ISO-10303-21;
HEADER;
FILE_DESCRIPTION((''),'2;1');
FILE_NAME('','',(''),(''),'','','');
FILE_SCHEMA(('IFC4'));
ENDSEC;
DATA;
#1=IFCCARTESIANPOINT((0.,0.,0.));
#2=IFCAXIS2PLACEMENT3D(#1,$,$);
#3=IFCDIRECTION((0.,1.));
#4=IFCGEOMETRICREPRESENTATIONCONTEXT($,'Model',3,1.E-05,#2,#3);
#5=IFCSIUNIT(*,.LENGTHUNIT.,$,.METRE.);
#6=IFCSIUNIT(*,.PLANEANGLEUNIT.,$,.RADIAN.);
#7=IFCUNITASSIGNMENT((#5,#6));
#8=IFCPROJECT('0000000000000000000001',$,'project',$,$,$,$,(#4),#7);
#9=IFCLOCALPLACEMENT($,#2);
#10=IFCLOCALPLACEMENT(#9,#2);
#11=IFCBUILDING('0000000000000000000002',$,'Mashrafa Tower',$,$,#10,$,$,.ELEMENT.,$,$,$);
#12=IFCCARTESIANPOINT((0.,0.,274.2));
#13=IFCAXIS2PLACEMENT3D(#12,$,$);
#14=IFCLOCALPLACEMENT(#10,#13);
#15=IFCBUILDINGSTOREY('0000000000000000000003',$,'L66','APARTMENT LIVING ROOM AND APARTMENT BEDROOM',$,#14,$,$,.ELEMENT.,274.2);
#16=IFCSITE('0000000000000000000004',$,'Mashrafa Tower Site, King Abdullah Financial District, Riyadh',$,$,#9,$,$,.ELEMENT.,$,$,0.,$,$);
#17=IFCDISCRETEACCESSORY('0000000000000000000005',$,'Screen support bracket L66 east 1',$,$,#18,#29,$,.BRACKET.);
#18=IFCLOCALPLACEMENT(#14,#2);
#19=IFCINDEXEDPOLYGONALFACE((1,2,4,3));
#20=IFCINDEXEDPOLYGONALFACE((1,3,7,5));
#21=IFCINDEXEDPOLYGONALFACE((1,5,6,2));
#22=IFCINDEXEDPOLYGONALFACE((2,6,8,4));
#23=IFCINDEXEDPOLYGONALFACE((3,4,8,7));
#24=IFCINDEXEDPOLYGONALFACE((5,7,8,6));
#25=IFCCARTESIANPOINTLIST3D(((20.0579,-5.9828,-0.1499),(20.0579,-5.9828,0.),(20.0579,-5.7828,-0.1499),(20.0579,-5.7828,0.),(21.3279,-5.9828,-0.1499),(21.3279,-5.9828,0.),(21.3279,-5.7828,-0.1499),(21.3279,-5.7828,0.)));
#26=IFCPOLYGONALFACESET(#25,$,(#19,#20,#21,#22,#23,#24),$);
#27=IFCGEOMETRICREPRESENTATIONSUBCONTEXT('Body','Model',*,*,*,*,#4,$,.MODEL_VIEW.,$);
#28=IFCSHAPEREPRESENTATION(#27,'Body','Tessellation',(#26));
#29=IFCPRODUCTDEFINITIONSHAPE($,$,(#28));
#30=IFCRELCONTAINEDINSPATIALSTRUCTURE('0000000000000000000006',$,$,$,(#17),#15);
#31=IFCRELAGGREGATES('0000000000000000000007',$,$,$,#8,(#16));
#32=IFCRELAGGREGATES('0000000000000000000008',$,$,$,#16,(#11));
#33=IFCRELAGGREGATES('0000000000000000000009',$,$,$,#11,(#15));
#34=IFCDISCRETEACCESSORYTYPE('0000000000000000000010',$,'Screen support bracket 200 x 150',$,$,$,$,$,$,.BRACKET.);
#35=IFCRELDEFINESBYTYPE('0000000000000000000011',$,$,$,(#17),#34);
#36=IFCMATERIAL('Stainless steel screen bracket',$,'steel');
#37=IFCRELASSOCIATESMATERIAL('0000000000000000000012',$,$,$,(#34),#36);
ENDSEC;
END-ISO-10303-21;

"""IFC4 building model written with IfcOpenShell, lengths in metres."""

from ifc_helpers import new_model, si_unit, direction, frame, origin, origin_2d, place, context, subcontext, project, spatial, rectangle, extrude, source, transform, mapped, material, type_object, type_shapes, element, save


model = new_model("IFC4")

# Units and contexts
model_context = context("Model", 3, precision=1e-05, world=origin(), true_north=direction((0.0, 1.0)))
body_context = subcontext(model_context, "Body", "Model", "MODEL_VIEW")
ifc_project = project(units=[si_unit("LENGTHUNIT", "METRE"), si_unit("PLANEANGLEUNIT", "RADIAN")], contexts=[model_context])

# Site, building, storey
site_placement = place(None, origin())
site = spatial("IfcSite", under=ifc_project, at=site_placement, Name="Mashrafa Tower Site, King Abdullah Financial District, Riyadh", CompositionType="ELEMENT", RefElevation=0.0)
building_placement = place(site_placement, origin())
building = spatial("IfcBuilding", under=site, at=building_placement, Name="Mashrafa Tower", CompositionType="ELEMENT")
storey_placement = place(building_placement, frame((0.0, 0.0, 274.2)))
storey = spatial("IfcBuildingStorey", under=building, at=storey_placement, Name="L66", Description="APARTMENT LIVING ROOM AND APARTMENT BEDROOM", CompositionType="ELEMENT", Elevation=274.2)

# Discrete accessory
ifc_material_1 = material(Name="Stainless steel screen bracket", Category="steel")
discrete_accessory_type = type_object("IfcDiscreteAccessoryType", Name="Screen support bracket 200 x 150", PredefinedType="BRACKET", material=ifc_material_1)
shared_shape_1 = source(origin(), body_context, "Body", "SweptSolid", [
    extrude(rectangle(XDim=0.2, YDim=1.27, at=origin_2d()), origin(), (0.0, 0.0, 1.0), 0.1499),
])
type_shapes(discrete_accessory_type, [shared_shape_1])
discrete_accessory_placement = place(storey_placement, frame((20.6929, -5.8828, -0.1499), z_axis=(0.0, 0.0, 1.0), x_axis=(0.0, 1.0, 0.0)))
element("IfcDiscreteAccessory", 1, at=discrete_accessory_placement, inside=storey, type_object=discrete_accessory_type, Name="Screen support bracket L66 east 1", PredefinedType="BRACKET", context=body_context, shape_type="MappedRepresentation", body=[
    mapped(shared_shape_1, transform((0.0, 0.0, 0.0))),
])

save(model, "model.ifc")
